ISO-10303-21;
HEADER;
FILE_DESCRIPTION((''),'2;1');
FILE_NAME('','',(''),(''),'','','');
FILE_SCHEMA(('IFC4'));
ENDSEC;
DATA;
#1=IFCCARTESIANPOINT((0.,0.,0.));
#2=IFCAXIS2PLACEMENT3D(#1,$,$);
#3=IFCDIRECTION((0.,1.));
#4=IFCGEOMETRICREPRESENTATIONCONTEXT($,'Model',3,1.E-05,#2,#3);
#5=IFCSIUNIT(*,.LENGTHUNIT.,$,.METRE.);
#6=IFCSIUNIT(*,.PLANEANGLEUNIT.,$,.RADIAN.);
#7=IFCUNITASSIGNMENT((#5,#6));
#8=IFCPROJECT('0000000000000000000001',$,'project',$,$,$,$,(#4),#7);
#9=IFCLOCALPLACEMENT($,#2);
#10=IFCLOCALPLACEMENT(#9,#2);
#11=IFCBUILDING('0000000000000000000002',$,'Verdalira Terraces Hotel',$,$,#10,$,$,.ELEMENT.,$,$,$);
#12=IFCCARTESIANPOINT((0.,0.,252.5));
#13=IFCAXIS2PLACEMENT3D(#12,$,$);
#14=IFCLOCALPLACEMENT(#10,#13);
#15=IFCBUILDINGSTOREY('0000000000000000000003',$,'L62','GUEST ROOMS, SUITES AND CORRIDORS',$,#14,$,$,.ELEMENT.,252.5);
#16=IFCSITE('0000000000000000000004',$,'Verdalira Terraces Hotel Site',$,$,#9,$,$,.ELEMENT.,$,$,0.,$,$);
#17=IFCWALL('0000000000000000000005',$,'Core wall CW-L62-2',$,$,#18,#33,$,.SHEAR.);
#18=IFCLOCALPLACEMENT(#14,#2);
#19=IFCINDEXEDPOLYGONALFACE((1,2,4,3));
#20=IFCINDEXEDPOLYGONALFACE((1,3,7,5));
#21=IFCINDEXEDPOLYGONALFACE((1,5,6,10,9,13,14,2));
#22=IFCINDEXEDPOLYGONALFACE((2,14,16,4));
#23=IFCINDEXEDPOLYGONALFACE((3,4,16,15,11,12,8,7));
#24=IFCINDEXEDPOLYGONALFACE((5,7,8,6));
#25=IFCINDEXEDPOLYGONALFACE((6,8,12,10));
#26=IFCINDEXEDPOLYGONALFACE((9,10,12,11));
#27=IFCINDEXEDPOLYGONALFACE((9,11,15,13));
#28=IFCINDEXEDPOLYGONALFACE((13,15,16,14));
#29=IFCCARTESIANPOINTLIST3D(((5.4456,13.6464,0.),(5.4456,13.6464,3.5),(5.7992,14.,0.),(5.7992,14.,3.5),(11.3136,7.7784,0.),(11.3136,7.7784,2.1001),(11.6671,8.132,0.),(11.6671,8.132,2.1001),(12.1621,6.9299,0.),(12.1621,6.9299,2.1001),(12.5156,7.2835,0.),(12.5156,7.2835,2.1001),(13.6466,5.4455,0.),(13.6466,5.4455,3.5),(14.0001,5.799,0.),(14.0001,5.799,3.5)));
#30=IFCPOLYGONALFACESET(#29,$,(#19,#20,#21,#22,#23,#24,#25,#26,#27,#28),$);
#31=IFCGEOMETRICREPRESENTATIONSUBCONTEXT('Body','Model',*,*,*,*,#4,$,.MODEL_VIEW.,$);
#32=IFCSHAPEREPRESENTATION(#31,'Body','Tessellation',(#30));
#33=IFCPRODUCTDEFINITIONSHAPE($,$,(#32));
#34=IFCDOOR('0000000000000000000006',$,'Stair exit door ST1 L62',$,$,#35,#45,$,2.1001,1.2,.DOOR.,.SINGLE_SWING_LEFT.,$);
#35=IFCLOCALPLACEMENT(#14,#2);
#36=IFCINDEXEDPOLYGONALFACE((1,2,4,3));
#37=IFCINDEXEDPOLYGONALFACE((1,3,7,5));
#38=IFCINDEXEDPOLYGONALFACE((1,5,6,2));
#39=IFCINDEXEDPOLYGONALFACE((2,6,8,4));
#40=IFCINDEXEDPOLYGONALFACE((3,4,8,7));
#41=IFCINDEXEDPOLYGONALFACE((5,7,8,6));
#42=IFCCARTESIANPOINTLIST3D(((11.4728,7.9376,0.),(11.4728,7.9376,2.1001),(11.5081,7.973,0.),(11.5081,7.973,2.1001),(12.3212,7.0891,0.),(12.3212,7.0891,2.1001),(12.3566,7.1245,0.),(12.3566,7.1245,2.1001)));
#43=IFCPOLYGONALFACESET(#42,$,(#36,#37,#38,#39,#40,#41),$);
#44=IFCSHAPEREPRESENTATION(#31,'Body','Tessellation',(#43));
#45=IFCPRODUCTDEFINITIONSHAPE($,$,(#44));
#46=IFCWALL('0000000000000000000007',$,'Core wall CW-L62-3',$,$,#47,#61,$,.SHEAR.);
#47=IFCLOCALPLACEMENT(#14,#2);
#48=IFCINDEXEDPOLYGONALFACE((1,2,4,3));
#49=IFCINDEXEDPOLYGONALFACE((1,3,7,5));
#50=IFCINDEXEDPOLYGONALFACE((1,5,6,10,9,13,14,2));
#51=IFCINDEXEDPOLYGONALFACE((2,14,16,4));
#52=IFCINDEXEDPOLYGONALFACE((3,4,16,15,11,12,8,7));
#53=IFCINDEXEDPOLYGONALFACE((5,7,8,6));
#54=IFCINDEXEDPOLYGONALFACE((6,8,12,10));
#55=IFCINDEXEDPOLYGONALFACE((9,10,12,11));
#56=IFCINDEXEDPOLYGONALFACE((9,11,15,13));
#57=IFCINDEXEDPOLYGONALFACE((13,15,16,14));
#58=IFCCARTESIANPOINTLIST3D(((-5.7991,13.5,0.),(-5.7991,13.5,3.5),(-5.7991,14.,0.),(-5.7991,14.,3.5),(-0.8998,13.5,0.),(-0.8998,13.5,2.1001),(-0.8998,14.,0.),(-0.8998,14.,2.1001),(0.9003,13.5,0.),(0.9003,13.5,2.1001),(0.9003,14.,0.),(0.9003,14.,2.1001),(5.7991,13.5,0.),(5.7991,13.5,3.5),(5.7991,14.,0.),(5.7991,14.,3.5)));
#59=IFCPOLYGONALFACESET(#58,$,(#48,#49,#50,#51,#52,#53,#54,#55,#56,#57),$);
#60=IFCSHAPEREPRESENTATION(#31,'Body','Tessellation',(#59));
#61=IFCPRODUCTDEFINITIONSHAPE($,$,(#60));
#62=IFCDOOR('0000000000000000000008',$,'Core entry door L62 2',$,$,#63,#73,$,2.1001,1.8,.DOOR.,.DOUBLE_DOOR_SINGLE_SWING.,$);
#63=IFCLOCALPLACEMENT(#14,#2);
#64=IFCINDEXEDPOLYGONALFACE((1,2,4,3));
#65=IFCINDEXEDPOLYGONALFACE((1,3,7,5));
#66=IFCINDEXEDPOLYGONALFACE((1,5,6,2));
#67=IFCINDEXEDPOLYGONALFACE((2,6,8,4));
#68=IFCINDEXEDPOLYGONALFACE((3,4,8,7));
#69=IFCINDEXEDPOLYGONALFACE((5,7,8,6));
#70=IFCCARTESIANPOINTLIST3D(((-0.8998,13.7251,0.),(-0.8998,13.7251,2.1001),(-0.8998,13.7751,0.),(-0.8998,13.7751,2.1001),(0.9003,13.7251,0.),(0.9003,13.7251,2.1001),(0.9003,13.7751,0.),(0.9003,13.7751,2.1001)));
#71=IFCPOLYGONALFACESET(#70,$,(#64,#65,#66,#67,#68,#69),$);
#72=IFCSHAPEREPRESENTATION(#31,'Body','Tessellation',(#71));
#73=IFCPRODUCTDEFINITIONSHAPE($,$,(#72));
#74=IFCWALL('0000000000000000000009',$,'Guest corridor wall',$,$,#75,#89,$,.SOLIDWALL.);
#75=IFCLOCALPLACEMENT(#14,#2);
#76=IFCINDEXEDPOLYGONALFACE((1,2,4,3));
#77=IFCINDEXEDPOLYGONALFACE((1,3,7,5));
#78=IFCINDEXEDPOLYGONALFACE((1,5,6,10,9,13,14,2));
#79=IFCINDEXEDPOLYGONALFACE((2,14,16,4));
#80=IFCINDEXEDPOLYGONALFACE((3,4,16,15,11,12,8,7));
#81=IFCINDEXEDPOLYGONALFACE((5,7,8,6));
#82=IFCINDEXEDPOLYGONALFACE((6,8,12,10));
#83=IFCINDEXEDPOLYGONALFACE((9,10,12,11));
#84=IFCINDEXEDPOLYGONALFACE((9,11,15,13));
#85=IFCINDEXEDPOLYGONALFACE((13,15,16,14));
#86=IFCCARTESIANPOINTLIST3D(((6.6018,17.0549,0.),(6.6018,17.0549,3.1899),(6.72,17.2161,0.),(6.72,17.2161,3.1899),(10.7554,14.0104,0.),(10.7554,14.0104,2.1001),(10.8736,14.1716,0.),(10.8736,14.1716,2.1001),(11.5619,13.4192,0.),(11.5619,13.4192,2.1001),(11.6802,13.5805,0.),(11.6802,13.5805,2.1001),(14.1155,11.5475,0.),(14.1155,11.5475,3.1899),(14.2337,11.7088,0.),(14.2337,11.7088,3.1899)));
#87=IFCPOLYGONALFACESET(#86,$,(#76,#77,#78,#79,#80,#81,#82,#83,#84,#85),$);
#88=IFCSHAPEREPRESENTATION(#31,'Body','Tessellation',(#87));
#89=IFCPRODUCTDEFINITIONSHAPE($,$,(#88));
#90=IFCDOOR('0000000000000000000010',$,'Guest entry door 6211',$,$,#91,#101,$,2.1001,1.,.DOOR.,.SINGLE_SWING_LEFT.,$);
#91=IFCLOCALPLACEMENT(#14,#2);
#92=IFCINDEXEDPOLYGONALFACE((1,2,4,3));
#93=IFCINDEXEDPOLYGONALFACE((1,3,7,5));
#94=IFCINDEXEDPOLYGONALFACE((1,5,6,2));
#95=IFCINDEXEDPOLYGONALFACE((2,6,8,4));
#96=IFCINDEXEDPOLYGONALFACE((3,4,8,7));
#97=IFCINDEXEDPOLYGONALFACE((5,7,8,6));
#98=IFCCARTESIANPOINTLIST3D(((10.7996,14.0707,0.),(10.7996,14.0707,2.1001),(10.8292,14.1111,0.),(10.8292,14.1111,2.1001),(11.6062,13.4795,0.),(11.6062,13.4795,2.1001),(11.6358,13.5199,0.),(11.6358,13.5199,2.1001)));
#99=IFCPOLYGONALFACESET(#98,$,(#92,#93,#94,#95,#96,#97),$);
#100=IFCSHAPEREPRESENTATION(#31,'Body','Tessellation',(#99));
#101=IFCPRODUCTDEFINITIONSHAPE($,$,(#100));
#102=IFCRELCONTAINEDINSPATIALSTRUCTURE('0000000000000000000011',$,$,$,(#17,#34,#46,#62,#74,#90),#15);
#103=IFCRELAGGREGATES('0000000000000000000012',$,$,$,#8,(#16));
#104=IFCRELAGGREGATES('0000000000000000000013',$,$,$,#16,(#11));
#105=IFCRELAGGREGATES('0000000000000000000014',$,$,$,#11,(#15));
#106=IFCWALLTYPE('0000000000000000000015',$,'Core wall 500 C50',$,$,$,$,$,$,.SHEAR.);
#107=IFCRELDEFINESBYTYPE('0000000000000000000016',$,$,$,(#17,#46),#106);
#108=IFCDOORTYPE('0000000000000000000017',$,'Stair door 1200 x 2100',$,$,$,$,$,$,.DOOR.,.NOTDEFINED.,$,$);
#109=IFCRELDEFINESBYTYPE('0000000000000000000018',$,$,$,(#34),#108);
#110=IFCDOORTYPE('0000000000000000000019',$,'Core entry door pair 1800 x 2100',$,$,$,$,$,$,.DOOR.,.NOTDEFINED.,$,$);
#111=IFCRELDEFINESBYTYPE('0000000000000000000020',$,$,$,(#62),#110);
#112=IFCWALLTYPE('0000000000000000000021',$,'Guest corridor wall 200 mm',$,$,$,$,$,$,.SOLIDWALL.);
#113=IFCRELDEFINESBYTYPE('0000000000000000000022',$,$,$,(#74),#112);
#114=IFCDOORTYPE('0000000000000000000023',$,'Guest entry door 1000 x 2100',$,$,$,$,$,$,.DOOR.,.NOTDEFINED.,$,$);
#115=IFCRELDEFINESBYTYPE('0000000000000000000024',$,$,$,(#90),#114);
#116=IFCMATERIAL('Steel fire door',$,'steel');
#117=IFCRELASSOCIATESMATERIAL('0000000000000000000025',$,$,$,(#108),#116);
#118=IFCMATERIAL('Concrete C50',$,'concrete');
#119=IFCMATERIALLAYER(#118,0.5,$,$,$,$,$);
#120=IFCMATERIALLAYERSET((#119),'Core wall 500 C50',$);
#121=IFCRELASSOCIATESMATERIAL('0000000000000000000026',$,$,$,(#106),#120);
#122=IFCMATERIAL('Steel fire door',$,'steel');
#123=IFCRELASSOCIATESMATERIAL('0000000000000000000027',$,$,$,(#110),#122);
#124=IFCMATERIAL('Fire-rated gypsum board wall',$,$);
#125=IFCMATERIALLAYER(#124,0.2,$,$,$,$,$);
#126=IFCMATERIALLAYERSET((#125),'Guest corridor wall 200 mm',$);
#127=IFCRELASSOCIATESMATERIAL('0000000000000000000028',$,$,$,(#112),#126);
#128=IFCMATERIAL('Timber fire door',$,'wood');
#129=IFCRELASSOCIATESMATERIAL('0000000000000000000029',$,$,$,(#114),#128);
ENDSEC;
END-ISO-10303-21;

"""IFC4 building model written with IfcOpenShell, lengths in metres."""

from ifc_helpers import new_model, si_unit, direction, frame, frame_2d, origin, place, context, subcontext, project, spatial, rectangle, extrude, material, layer, layer_set, type_object, element, fill, save


model = new_model("IFC4")

# Units and contexts
model_context = context("Model", 3, precision=1e-05, world=origin(), true_north=direction((0.0, 1.0)))
body_context = subcontext(model_context, "Body", "Model", "MODEL_VIEW")
ifc_project = project(units=[si_unit("LENGTHUNIT", "METRE"), si_unit("PLANEANGLEUNIT", "RADIAN")], contexts=[model_context])

# Site, building, storey
site_placement = place(None, origin())
site = spatial("IfcSite", under=ifc_project, at=site_placement, Name="Verdalira Terraces Hotel Site", CompositionType="ELEMENT", RefElevation=0.0)
building_placement = place(site_placement, origin())
building = spatial("IfcBuilding", under=site, at=building_placement, Name="Verdalira Terraces Hotel", CompositionType="ELEMENT")
storey_placement = place(building_placement, frame((0.0, 0.0, 252.5)))
storey = spatial("IfcBuildingStorey", under=building, at=storey_placement, Name="L62", Description="GUEST ROOMS, SUITES AND CORRIDORS", CompositionType="ELEMENT", Elevation=252.5)

# Shared definitions
ifc_material_1 = material(Name="Steel fire door", Category="steel")
door_type_1 = type_object("IfcDoorType", Name="Stair door 1200 x 2100", OperationType="NOTDEFINED", PredefinedType="DOOR", material=ifc_material_1)

# Walls, openings, doors
ifc_material_2 = material(Name="Concrete C50", Category="concrete")
ifc_layer_1 = layer(ifc_material_2, 0.5)
ifc_layer_set_1 = layer_set([ifc_layer_1], Name="Core wall 500 C50")
wall_type_1 = type_object("IfcWallType", Name="Core wall 500 C50", PredefinedType="SHEAR", material=ifc_layer_set_1)
wall_1_placement = place(storey_placement, frame((13.8232, 5.6223, 0.0), z_axis=(0.0, 0.0, 1.0), x_axis=(-0.707107, 0.707107, 0.0)))
wall_1 = element("IfcWall", 1, at=wall_1_placement, inside=storey, type_object=wall_type_1, Name="Core wall CW-L62-2", PredefinedType="SHEAR", context=body_context, shape_type="SweptSolid", body=[
    extrude(rectangle(XDim=11.5979, YDim=0.5, at=frame_2d((5.7988, 0.0))), origin(), (0.0, 0.0, 1.0), 3.5),
])
opening_1_placement = place(wall_1_placement, frame((2.0991, 0.0, 0.0)))
opening_1 = element("IfcOpeningElement", 2, at=opening_1_placement, cuts=wall_1, PredefinedType="OPENING", context=body_context, shape_type="SweptSolid", body=[
    extrude(rectangle(XDim=1.2, YDim=2.1001, at=frame_2d((0.6001, 1.05))), frame((0.0, 0.26, 0.0), z_axis=(0.0, -1.0, 0.0), x_axis=(1.0, 0.0, 0.0)), (0.0, 0.0, 1.0), 0.52),
])
door_1_placement = place(opening_1_placement, origin())
door_1 = element("IfcDoor", 3, at=door_1_placement, inside=storey, type_object=door_type_1, Name="Stair exit door ST1 L62", OperationType="SINGLE_SWING_LEFT", OverallHeight=2.1001, OverallWidth=1.2, PredefinedType="DOOR", context=body_context, shape_type="SweptSolid", body=[
    extrude(rectangle(XDim=1.2, YDim=2.1001, at=frame_2d((0.6001, 1.05))), frame((0.0, 0.0249, 0.0), z_axis=(0.0, -1.0, 0.0), x_axis=(1.0, 0.0, 0.0)), (0.0, 0.0, 1.0), 0.05),
])
fill(opening_1, door_1)
wall_2_placement = place(storey_placement, frame((5.7991, 13.75, 0.0), z_axis=(0.0, 0.0, 1.0), x_axis=(-1.0, 0.0, 0.0)))
wall_2 = element("IfcWall", 4, at=wall_2_placement, inside=storey, type_object=wall_type_1, Name="Core wall CW-L62-3", PredefinedType="SHEAR", context=body_context, shape_type="SweptSolid", body=[
    extrude(rectangle(XDim=11.5981, YDim=0.5, at=frame_2d((5.7991, 0.0))), origin(), (0.0, 0.0, 1.0), 3.5),
])
opening_2_placement = place(wall_2_placement, frame((4.8989, 0.0, 0.0)))
opening_2 = element("IfcOpeningElement", 5, at=opening_2_placement, cuts=wall_2, PredefinedType="OPENING", context=body_context, shape_type="SweptSolid", body=[
    extrude(rectangle(XDim=1.8, YDim=2.1001, at=frame_2d((0.8999, 1.05))), frame((0.0, 0.26, 0.0), z_axis=(0.0, -1.0, 0.0), x_axis=(1.0, 0.0, 0.0)), (0.0, 0.0, 1.0), 0.52),
])
ifc_material_3 = material(Name="Steel fire door", Category="steel")
door_type_2 = type_object("IfcDoorType", Name="Core entry door pair 1800 x 2100", OperationType="NOTDEFINED", PredefinedType="DOOR", material=ifc_material_3)
door_2_placement = place(opening_2_placement, origin())
door_2 = element("IfcDoor", 6, at=door_2_placement, inside=storey, type_object=door_type_2, Name="Core entry door L62 2", OperationType="DOUBLE_DOOR_SINGLE_SWING", OverallHeight=2.1001, OverallWidth=1.8, PredefinedType="DOOR", context=body_context, shape_type="SweptSolid", body=[
    extrude(rectangle(XDim=1.8, YDim=2.1001, at=frame_2d((0.8999, 1.05))), frame((0.0, 0.0249, 0.0), z_axis=(0.0, -1.0, 0.0), x_axis=(1.0, 0.0, 0.0)), (0.0, 0.0, 1.0), 0.05),
])
fill(opening_2, door_2)
ifc_material_4 = material(Name="Fire-rated gypsum board wall")
ifc_layer_2 = layer(ifc_material_4, 0.2)
ifc_layer_set_2 = layer_set([ifc_layer_2], Name="Guest corridor wall 200 mm")
wall_type_2 = type_object("IfcWallType", Name="Guest corridor wall 200 mm", PredefinedType="SOLIDWALL", material=ifc_layer_set_2)
wall_3_placement = place(storey_placement, frame((6.6609, 17.1355, 0.0), z_axis=(0.0, 0.0, 1.0), x_axis=(0.806543, -0.591175, 0.0)))
wall_3 = element("IfcWall", 7, at=wall_3_placement, inside=storey, type_object=wall_type_2, Name="Guest corridor wall", PredefinedType="SOLIDWALL", context=body_context, shape_type="SweptSolid", body=[
    extrude(rectangle(XDim=9.3159, YDim=0.2, at=frame_2d((4.658, 0.0))), origin(), (0.0, 0.0, 1.0), 3.1899),
])
opening_3_placement = place(wall_3_placement, frame((5.1499, 0.0, 0.0)))
opening_3 = element("IfcOpeningElement", 8, at=opening_3_placement, cuts=wall_3, PredefinedType="OPENING", context=body_context, shape_type="SweptSolid", body=[
    extrude(rectangle(XDim=1.0, YDim=2.1001, at=frame_2d((0.5, 1.05))), frame((0.0, 0.1099, 0.0), z_axis=(0.0, -1.0, 0.0), x_axis=(1.0, 0.0, 0.0)), (0.0, 0.0, 1.0), 0.22),
])
ifc_material_5 = material(Name="Timber fire door", Category="wood")
door_type_3 = type_object("IfcDoorType", Name="Guest entry door 1000 x 2100", OperationType="NOTDEFINED", PredefinedType="DOOR", material=ifc_material_5)
door_3_placement = place(opening_3_placement, origin())
door_3 = element("IfcDoor", 9, at=door_3_placement, inside=storey, type_object=door_type_3, Name="Guest entry door 6211", OperationType="SINGLE_SWING_LEFT", OverallHeight=2.1001, OverallWidth=1.0, PredefinedType="DOOR", context=body_context, shape_type="SweptSolid", body=[
    extrude(rectangle(XDim=1.0, YDim=2.1001, at=frame_2d((0.5, 1.05))), frame((0.0, 0.0249, 0.0), z_axis=(0.0, -1.0, 0.0), x_axis=(1.0, 0.0, 0.0)), (0.0, 0.0, 1.0), 0.05),
])
fill(opening_3, door_3)

save(model, "model.ifc")
